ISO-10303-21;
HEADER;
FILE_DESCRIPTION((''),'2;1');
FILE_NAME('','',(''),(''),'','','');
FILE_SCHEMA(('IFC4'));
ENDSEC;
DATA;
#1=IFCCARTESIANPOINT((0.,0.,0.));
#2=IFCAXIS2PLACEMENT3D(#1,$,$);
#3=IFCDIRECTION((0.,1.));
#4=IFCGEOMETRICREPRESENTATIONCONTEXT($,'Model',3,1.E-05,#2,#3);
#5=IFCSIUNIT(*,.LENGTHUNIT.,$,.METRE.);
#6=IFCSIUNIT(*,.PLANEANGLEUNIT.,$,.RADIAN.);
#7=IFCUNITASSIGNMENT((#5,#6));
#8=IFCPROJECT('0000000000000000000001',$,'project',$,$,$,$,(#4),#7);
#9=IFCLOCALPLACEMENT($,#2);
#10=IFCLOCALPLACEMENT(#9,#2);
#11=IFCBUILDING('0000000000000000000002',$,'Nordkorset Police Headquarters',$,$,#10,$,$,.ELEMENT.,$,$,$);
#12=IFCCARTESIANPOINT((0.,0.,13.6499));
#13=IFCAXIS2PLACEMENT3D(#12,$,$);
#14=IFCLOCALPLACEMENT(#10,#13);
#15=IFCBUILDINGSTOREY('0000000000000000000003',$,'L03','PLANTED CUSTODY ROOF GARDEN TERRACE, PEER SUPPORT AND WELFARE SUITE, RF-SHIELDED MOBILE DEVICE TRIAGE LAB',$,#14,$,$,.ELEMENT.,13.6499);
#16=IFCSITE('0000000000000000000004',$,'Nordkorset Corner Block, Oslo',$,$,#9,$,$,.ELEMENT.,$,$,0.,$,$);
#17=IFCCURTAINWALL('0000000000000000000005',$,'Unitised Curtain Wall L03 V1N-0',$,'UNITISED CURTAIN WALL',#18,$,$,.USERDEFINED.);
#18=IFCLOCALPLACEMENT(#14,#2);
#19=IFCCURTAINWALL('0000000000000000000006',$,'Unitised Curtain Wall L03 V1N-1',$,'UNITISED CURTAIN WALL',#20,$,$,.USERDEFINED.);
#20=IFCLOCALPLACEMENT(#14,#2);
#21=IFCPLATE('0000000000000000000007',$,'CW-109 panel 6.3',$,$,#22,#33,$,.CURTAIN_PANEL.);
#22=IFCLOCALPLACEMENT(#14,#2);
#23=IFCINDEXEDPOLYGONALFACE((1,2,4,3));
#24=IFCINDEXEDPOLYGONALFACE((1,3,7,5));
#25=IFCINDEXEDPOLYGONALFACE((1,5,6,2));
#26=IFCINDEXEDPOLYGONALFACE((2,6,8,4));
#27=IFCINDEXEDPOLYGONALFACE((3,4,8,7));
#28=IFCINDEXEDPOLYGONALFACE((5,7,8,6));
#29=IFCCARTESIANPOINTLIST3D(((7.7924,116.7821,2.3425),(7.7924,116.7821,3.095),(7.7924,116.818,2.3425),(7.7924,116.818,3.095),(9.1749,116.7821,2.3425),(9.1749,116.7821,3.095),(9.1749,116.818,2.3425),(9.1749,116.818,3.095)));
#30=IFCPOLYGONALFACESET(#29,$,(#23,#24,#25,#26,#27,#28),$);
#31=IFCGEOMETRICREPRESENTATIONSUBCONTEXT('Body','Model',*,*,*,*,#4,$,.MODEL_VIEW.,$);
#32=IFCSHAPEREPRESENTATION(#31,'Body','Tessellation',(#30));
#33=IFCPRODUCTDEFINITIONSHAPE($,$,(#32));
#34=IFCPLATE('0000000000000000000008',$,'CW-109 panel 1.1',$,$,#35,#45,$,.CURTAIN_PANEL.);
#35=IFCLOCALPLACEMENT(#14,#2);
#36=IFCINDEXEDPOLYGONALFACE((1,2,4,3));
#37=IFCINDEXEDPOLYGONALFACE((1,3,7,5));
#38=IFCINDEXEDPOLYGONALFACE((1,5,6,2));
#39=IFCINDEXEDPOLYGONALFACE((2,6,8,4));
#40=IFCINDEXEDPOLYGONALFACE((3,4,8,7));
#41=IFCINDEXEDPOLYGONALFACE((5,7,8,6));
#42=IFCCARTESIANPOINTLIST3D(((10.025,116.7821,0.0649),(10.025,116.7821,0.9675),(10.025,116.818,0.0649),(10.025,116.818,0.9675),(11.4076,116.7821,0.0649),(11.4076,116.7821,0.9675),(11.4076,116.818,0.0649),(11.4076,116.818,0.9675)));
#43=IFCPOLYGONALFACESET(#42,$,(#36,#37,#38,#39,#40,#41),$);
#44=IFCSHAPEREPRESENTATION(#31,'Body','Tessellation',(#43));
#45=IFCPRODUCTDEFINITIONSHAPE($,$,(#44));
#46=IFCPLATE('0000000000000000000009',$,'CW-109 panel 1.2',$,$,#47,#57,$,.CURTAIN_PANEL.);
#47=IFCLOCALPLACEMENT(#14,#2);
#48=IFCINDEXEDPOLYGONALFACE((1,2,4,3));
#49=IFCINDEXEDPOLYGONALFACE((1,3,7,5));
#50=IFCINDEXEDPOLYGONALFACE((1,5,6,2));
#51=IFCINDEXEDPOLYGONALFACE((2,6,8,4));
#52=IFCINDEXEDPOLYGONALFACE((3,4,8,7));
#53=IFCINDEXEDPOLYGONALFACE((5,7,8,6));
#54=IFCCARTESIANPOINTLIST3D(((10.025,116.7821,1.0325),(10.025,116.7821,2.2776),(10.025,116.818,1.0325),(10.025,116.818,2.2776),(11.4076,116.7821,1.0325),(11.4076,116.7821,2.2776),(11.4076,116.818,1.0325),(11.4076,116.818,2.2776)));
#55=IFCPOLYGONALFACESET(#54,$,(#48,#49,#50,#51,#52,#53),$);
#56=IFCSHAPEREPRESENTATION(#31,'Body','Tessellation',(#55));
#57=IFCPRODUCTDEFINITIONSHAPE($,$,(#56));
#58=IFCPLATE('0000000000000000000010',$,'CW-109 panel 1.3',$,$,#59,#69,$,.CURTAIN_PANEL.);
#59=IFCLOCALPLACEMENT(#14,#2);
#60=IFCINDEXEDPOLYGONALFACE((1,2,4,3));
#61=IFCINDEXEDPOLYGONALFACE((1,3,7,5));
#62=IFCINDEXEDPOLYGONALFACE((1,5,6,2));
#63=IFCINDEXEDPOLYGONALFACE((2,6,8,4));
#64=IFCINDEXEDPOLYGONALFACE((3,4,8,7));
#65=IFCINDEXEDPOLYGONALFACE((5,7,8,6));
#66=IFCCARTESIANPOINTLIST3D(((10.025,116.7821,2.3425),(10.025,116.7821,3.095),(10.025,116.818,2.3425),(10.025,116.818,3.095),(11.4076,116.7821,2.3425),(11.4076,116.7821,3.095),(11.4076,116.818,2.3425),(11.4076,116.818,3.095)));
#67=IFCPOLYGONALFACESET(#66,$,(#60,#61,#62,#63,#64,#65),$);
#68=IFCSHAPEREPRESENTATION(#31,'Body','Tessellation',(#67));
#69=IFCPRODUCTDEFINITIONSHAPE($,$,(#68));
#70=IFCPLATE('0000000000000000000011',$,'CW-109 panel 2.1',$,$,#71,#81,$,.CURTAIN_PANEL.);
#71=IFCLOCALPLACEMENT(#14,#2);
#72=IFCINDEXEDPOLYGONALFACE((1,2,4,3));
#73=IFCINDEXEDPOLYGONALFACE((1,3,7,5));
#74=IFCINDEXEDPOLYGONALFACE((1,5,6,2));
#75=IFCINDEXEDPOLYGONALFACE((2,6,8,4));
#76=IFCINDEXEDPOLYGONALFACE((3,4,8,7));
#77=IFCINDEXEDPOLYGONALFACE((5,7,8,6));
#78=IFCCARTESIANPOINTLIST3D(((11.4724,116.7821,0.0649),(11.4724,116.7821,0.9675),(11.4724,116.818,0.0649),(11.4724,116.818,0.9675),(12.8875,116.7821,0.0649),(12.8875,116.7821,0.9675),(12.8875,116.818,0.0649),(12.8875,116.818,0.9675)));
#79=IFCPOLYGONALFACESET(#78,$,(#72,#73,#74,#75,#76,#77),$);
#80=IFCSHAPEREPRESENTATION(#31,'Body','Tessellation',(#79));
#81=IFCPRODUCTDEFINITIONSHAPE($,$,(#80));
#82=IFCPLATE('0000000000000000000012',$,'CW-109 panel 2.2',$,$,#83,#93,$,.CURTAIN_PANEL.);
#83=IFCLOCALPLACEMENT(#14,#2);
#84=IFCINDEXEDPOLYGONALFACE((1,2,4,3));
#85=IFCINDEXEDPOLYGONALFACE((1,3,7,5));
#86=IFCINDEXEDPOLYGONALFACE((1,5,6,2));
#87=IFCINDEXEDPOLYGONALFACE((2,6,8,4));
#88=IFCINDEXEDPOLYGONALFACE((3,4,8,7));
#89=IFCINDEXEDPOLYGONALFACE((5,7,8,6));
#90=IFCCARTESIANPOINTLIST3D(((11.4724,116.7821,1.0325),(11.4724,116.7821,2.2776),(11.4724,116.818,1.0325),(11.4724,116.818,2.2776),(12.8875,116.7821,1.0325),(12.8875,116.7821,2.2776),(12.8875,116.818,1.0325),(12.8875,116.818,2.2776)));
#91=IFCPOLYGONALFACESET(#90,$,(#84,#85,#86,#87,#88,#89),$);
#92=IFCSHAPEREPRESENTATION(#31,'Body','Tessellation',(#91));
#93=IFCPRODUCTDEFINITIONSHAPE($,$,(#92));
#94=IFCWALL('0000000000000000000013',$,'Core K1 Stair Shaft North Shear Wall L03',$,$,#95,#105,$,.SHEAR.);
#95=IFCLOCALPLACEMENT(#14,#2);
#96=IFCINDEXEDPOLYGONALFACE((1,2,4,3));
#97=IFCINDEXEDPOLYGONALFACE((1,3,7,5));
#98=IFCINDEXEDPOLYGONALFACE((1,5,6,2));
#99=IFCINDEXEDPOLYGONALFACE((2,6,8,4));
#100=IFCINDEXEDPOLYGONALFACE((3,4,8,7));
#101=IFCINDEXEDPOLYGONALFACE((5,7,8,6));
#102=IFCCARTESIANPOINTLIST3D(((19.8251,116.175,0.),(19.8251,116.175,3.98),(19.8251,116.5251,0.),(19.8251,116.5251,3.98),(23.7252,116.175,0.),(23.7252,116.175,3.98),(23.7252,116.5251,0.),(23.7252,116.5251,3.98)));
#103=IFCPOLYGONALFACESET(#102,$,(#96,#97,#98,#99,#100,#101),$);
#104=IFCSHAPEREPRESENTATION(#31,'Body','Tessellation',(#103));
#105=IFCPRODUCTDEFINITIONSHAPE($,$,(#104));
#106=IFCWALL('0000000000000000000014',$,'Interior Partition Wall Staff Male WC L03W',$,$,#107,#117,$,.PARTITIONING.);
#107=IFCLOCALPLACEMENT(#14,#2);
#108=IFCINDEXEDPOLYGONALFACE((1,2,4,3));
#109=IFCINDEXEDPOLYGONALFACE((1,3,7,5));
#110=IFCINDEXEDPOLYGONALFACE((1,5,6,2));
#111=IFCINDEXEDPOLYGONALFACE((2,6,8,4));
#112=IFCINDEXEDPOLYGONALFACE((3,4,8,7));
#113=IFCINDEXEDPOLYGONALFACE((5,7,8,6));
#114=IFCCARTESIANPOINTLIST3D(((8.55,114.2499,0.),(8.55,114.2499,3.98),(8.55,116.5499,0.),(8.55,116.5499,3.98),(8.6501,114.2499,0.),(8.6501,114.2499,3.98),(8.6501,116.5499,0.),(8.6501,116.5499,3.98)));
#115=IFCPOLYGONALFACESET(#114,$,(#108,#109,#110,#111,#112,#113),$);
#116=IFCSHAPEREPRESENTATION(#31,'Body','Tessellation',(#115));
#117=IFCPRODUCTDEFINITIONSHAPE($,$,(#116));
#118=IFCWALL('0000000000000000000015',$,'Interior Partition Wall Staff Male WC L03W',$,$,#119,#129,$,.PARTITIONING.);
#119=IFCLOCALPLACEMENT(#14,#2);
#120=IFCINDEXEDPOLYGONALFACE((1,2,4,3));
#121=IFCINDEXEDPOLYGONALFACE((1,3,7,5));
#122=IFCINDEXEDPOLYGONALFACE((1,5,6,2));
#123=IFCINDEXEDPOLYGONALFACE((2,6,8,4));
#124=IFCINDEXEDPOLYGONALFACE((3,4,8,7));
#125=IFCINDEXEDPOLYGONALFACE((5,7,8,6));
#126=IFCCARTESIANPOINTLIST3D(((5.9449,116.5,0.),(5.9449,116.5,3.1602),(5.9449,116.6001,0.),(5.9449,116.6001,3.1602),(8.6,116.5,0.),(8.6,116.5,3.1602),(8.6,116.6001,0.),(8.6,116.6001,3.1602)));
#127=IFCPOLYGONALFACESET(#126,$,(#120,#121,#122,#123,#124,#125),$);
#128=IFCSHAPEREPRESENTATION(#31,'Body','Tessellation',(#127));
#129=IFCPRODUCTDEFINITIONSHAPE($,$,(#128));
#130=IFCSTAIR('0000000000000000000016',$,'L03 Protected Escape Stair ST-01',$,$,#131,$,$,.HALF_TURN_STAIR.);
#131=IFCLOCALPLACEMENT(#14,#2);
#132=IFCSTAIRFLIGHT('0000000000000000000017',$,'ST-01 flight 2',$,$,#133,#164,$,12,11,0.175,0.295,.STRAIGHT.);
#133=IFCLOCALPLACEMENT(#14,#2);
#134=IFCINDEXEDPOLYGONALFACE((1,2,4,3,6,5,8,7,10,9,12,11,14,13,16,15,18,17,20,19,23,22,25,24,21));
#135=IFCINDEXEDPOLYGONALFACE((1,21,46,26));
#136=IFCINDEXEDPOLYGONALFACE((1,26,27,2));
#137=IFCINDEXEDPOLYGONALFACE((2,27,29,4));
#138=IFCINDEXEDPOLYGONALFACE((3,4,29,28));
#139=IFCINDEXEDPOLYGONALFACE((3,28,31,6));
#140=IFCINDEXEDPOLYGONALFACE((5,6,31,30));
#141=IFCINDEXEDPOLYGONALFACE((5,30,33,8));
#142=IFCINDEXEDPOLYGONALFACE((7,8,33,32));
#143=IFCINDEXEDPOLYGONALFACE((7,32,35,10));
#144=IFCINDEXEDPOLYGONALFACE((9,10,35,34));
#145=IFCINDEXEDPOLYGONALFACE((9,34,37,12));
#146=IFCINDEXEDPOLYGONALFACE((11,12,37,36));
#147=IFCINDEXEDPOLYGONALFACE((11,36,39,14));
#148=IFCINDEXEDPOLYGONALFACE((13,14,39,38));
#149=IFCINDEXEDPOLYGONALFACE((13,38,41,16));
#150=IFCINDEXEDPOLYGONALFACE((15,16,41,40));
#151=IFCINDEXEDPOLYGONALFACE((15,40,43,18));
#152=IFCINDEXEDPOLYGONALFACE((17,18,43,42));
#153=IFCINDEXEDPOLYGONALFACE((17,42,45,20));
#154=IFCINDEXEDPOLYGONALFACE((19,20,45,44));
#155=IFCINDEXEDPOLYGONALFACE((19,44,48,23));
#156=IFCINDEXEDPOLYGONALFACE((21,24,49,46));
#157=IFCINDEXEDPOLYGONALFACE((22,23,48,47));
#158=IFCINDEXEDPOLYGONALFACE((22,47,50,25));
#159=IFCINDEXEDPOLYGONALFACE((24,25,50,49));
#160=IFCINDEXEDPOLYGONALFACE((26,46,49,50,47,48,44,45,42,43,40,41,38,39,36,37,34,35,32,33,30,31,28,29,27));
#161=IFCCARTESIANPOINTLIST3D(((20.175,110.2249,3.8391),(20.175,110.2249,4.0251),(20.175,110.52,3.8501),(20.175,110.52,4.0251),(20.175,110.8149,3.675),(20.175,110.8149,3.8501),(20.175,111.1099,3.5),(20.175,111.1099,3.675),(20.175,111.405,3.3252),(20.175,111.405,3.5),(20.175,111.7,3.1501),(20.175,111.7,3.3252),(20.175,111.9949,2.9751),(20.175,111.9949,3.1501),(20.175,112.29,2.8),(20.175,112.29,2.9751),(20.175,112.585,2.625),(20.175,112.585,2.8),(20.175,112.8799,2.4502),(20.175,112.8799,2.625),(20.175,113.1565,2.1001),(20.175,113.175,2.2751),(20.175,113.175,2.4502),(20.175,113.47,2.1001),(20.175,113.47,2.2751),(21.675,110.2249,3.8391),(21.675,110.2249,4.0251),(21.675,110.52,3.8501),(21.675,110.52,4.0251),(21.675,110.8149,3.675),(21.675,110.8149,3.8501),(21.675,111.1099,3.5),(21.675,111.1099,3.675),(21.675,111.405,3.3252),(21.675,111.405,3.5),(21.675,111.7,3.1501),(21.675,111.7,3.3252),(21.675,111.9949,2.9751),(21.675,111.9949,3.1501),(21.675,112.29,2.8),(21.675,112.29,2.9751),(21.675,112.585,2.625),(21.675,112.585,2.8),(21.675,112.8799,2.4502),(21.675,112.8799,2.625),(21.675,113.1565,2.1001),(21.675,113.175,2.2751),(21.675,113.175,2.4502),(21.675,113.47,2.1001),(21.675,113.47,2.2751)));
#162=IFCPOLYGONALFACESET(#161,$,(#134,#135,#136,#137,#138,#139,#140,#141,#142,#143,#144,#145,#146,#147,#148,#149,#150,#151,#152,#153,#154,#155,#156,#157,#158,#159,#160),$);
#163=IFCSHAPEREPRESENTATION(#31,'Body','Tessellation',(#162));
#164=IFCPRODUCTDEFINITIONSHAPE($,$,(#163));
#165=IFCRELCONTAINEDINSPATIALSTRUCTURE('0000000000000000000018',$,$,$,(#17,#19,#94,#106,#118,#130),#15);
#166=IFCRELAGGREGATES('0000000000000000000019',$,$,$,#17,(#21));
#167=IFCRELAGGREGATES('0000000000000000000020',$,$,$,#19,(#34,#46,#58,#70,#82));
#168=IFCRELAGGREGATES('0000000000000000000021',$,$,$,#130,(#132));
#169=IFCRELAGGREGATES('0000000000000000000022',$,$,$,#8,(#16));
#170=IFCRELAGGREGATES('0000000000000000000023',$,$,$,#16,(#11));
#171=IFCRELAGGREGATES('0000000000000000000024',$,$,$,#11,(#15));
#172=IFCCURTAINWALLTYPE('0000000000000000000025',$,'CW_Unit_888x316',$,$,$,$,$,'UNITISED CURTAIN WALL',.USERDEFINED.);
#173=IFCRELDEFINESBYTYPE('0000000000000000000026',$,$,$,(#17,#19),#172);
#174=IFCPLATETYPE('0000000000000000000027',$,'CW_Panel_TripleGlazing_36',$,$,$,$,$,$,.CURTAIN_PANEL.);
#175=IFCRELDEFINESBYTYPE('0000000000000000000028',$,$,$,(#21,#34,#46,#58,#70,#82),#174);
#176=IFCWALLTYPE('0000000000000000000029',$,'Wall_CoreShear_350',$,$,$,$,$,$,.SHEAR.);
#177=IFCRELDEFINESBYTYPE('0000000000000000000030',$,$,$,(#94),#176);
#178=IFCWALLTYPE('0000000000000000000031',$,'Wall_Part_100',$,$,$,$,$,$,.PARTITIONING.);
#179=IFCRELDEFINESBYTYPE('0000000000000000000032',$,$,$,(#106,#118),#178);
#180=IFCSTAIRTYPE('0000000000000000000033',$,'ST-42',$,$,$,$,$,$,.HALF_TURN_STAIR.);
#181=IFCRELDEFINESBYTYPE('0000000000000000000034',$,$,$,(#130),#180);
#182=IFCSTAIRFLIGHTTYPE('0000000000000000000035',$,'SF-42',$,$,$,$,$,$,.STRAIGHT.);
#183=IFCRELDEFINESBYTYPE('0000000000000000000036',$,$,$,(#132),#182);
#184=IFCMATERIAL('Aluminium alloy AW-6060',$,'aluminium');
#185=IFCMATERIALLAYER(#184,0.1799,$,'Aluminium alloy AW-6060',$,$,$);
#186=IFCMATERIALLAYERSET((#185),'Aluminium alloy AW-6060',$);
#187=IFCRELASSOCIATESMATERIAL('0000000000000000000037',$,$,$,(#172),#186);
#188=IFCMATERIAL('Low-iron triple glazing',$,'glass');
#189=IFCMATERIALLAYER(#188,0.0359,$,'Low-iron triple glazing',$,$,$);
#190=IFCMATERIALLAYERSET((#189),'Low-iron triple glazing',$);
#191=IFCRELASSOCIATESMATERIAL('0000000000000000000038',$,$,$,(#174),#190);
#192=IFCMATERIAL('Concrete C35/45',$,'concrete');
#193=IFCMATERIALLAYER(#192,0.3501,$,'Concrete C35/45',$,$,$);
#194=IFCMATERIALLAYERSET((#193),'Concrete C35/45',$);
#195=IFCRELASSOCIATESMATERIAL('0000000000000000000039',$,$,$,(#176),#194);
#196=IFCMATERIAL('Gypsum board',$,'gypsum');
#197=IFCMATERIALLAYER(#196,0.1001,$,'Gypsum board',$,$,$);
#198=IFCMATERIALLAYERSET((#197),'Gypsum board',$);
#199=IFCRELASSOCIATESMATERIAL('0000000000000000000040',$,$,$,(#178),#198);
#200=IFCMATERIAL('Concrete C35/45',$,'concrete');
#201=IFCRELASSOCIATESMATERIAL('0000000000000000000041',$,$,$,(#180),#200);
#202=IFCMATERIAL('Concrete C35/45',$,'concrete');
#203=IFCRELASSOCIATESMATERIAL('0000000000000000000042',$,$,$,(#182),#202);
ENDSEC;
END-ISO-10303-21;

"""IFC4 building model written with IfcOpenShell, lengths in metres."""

from ifc_helpers import new_model, si_unit, direction, frame, frame_2d, origin, origin_2d, place, context, subcontext, project, spatial, polyline, rectangle, outline, extrude, material, layer, layer_set, type_object, element, aggregate, save


model = new_model("IFC4")

# Units and contexts
model_context = context("Model", 3, precision=1e-05, world=origin(), true_north=direction((0.0, 1.0)))
body_context = subcontext(model_context, "Body", "Model", "MODEL_VIEW")
ifc_project = project(units=[si_unit("LENGTHUNIT", "METRE"), si_unit("PLANEANGLEUNIT", "RADIAN")], contexts=[model_context])

# Site, building, storey
site_placement = place(None, origin())
site = spatial("IfcSite", under=ifc_project, at=site_placement, Name="Nordkorset Corner Block, Oslo", CompositionType="ELEMENT", RefElevation=0.0)
building_placement = place(site_placement, origin())
building = spatial("IfcBuilding", under=site, at=building_placement, Name="Nordkorset Police Headquarters", CompositionType="ELEMENT")
storey_placement = place(building_placement, frame((0.0, 0.0, 13.6499)))
storey = spatial("IfcBuildingStorey", under=building, at=storey_placement, Name="L03", Description="PLANTED CUSTODY ROOF GARDEN TERRACE, PEER SUPPORT AND WELFARE SUITE, RF-SHIELDED MOBILE DEVICE TRIAGE LAB", CompositionType="ELEMENT", Elevation=13.6499)

# Curtain wall
ifc_material_1 = material(Name="Aluminium alloy AW-6060", Category="aluminium")
ifc_layer_1 = layer(ifc_material_1, 0.1799, Name="Aluminium alloy AW-6060")
ifc_layer_set_1 = layer_set([ifc_layer_1], Name="Aluminium alloy AW-6060")
curtain_wall_type = type_object("IfcCurtainWallType", Name="CW_Unit_888x316", ElementType="UNITISED CURTAIN WALL", PredefinedType="USERDEFINED", material=ifc_layer_set_1)
curtain_wall_1_placement = place(storey_placement, origin())
curtain_wall_1 = element("IfcCurtainWall", 1, at=curtain_wall_1_placement, inside=storey, type_object=curtain_wall_type, Name="Unitised Curtain Wall L03 V1N-0", ObjectType="UNITISED CURTAIN WALL", PredefinedType="USERDEFINED")

# Curtain wall
curtain_wall_2_placement = place(storey_placement, origin())
curtain_wall_2 = element("IfcCurtainWall", 2, at=curtain_wall_2_placement, inside=storey, type_object=curtain_wall_type, Name="Unitised Curtain Wall L03 V1N-1", ObjectType="UNITISED CURTAIN WALL", PredefinedType="USERDEFINED")

# Plates
ifc_material_2 = material(Name="Low-iron triple glazing", Category="glass")
ifc_layer_2 = layer(ifc_material_2, 0.0359, Name="Low-iron triple glazing")
ifc_layer_set_2 = layer_set([ifc_layer_2], Name="Low-iron triple glazing")
plate_type = type_object("IfcPlateType", Name="CW_Panel_TripleGlazing_36", PredefinedType="CURTAIN_PANEL", material=ifc_layer_set_2)
plate_1_placement = place(storey_placement, frame((8.4836, 116.8, 2.3425), z_axis=(0.0, 0.0, 1.0), x_axis=(1.0, 0.0, 0.0)))
plate_1 = element("IfcPlate", 3, at=plate_1_placement, type_object=plate_type, Name="CW-109 panel 6.3", PredefinedType="CURTAIN_PANEL", context=body_context, shape_type="SweptSolid", body=[
    extrude(rectangle(XDim=1.3826, YDim=0.0359, at=origin_2d()), origin(), (0.0, 0.0, 1.0), 0.7524),
])
aggregate(curtain_wall_1, [plate_1])
plate_2_placement = place(storey_placement, frame((10.7163, 116.8, 0.0649), z_axis=(0.0, 0.0, 1.0), x_axis=(1.0, 0.0, 0.0)))
plate_2 = element("IfcPlate", 4, at=plate_2_placement, type_object=plate_type, Name="CW-109 panel 1.1", PredefinedType="CURTAIN_PANEL", context=body_context, shape_type="SweptSolid", body=[
    extrude(rectangle(XDim=1.3826, YDim=0.0359, at=origin_2d()), origin(), (0.0, 0.0, 1.0), 0.9026),
])
plate_3_placement = place(storey_placement, frame((10.7163, 116.8, 1.0325), z_axis=(0.0, 0.0, 1.0), x_axis=(1.0, 0.0, 0.0)))
plate_3 = element("IfcPlate", 5, at=plate_3_placement, type_object=plate_type, Name="CW-109 panel 1.2", PredefinedType="CURTAIN_PANEL", context=body_context, shape_type="SweptSolid", body=[
    extrude(rectangle(XDim=1.3826, YDim=0.0359, at=origin_2d()), origin(), (0.0, 0.0, 1.0), 1.2451),
])
plate_4_placement = place(storey_placement, frame((10.7163, 116.8, 2.3425), z_axis=(0.0, 0.0, 1.0), x_axis=(1.0, 0.0, 0.0)))
plate_4 = element("IfcPlate", 6, at=plate_4_placement, type_object=plate_type, Name="CW-109 panel 1.3", PredefinedType="CURTAIN_PANEL", context=body_context, shape_type="SweptSolid", body=[
    extrude(rectangle(XDim=1.3826, YDim=0.0359, at=origin_2d()), origin(), (0.0, 0.0, 1.0), 0.7524),
])
plate_5_placement = place(storey_placement, frame((12.1799, 116.8, 0.0649), z_axis=(0.0, 0.0, 1.0), x_axis=(1.0, 0.0, 0.0)))
plate_5 = element("IfcPlate", 7, at=plate_5_placement, type_object=plate_type, Name="CW-109 panel 2.1", PredefinedType="CURTAIN_PANEL", context=body_context, shape_type="SweptSolid", body=[
    extrude(rectangle(XDim=1.415, YDim=0.0359, at=origin_2d()), origin(), (0.0, 0.0, 1.0), 0.9026),
])
plate_6_placement = place(storey_placement, frame((12.1799, 116.8, 1.0325), z_axis=(0.0, 0.0, 1.0), x_axis=(1.0, 0.0, 0.0)))
plate_6 = element("IfcPlate", 8, at=plate_6_placement, type_object=plate_type, Name="CW-109 panel 2.2", PredefinedType="CURTAIN_PANEL", context=body_context, shape_type="SweptSolid", body=[
    extrude(rectangle(XDim=1.415, YDim=0.0359, at=origin_2d()), origin(), (0.0, 0.0, 1.0), 1.2451),
])
aggregate(curtain_wall_2, [plate_2, plate_3, plate_4, plate_5, plate_6])

# Walls
ifc_material_3 = material(Name="Concrete C35/45", Category="concrete")
ifc_layer_3 = layer(ifc_material_3, 0.3501, Name="Concrete C35/45")
ifc_layer_set_3 = layer_set([ifc_layer_3], Name="Concrete C35/45")
wall_type_1 = type_object("IfcWallType", Name="Wall_CoreShear_350", PredefinedType="SHEAR", material=ifc_layer_set_3)
wall_1_placement = place(storey_placement, frame((19.825, 116.3501, 0.0), z_axis=(0.0, 0.0, 1.0), x_axis=(1.0, 0.0, 0.0)))
element("IfcWall", 9, at=wall_1_placement, inside=storey, type_object=wall_type_1, Name="Core K1 Stair Shaft North Shear Wall L03", PredefinedType="SHEAR", context=body_context, shape_type="SweptSolid", body=[
    extrude(rectangle(XDim=3.9001, YDim=0.3501, at=frame_2d((1.9502, 0.0))), origin(), (0.0, 0.0, 1.0), 3.98),
])
ifc_material_4 = material(Name="Gypsum board", Category="gypsum")
ifc_layer_4 = layer(ifc_material_4, 0.1001, Name="Gypsum board")
ifc_layer_set_4 = layer_set([ifc_layer_4], Name="Gypsum board")
wall_type_2 = type_object("IfcWallType", Name="Wall_Part_100", PredefinedType="PARTITIONING", material=ifc_layer_set_4)
wall_2_placement = place(storey_placement, frame((8.6001, 114.25, 0.0), z_axis=(0.0, 0.0, 1.0), x_axis=(0.0, 1.0, 0.0)))
element("IfcWall", 10, at=wall_2_placement, inside=storey, type_object=wall_type_2, Name="Interior Partition Wall Staff Male WC L03W", PredefinedType="PARTITIONING", context=body_context, shape_type="SweptSolid", body=[
    extrude(rectangle(XDim=2.3, YDim=0.1001, at=frame_2d((1.1499, 0.0))), origin(), (0.0, 0.0, 1.0), 3.98),
])
wall_3_placement = place(storey_placement, frame((8.6001, 116.55, 0.0), z_axis=(0.0, 0.0, 1.0), x_axis=(-1.0, 0.0, 0.0)))
element("IfcWall", 11, at=wall_3_placement, inside=storey, type_object=wall_type_2, Name="Interior Partition Wall Staff Male WC L03W", PredefinedType="PARTITIONING", context=body_context, shape_type="SweptSolid", body=[
    extrude(rectangle(XDim=2.655, YDim=0.1001, at=frame_2d((1.3276, 0.0))), origin(), (0.0, 0.0, 1.0), 3.1602),
])

# Stair, stair flight
ifc_material_5 = material(Name="Concrete C35/45", Category="concrete")
stair_type = type_object("IfcStairType", Name="ST-42", PredefinedType="HALF_TURN_STAIR", material=ifc_material_5)
stair_placement = place(storey_placement, origin())
stair = element("IfcStair", 12, at=stair_placement, inside=storey, type_object=stair_type, Name="L03 Protected Escape Stair ST-01", PredefinedType="HALF_TURN_STAIR")
ifc_material_6 = material(Name="Concrete C35/45", Category="concrete")
stair_flight_type = type_object("IfcStairFlightType", Name="SF-42", PredefinedType="STRAIGHT", material=ifc_material_6)
stair_flight_placement = place(storey_placement, frame((20.925, 113.47, 2.1001), z_axis=(0.0, 0.0, 1.0), x_axis=(0.0, -1.0, 0.0)))
stair_flight = element("IfcStairFlight", 13, at=stair_flight_placement, type_object=stair_flight_type, Name="ST-01 flight 2", NumberOfRisers=12, NumberOfTreads=11, PredefinedType="STRAIGHT", RiserHeight=0.175, TreadLength=0.295, context=body_context, shape_type="SweptSolid", body=[
    extrude(outline(polyline([(0.0, 0.0), (0.0, 0.175), (0.2949, 0.175), (0.2949, 0.3501), (0.5901, 0.3501), (0.5901, 0.5249), (0.885, 0.5249), (0.885, 0.7), (1.1799, 0.7), (1.1799, 0.875), (1.4751, 0.875), (1.4751, 1.05), (1.77, 1.05), (1.77, 1.2251), (2.0649, 1.2251), (2.0649, 1.3999), (2.3601, 1.3999), (2.3601, 1.575), (2.655, 1.575), (2.655, 1.75), (2.95, 1.75), (2.95, 1.925), (3.2451, 1.925), (3.2451, 2.1001), (3.2451, 1.739), (0.3135, 0.0), (0.0, 0.0)])), frame((0.0, 0.75, 0.0), z_axis=(0.0, -1.0, 0.0), x_axis=(1.0, 0.0, 0.0)), (0.0, 0.0, 1.0), 1.5),
])
aggregate(stair, [stair_flight])

save(model, "model.ifc")
